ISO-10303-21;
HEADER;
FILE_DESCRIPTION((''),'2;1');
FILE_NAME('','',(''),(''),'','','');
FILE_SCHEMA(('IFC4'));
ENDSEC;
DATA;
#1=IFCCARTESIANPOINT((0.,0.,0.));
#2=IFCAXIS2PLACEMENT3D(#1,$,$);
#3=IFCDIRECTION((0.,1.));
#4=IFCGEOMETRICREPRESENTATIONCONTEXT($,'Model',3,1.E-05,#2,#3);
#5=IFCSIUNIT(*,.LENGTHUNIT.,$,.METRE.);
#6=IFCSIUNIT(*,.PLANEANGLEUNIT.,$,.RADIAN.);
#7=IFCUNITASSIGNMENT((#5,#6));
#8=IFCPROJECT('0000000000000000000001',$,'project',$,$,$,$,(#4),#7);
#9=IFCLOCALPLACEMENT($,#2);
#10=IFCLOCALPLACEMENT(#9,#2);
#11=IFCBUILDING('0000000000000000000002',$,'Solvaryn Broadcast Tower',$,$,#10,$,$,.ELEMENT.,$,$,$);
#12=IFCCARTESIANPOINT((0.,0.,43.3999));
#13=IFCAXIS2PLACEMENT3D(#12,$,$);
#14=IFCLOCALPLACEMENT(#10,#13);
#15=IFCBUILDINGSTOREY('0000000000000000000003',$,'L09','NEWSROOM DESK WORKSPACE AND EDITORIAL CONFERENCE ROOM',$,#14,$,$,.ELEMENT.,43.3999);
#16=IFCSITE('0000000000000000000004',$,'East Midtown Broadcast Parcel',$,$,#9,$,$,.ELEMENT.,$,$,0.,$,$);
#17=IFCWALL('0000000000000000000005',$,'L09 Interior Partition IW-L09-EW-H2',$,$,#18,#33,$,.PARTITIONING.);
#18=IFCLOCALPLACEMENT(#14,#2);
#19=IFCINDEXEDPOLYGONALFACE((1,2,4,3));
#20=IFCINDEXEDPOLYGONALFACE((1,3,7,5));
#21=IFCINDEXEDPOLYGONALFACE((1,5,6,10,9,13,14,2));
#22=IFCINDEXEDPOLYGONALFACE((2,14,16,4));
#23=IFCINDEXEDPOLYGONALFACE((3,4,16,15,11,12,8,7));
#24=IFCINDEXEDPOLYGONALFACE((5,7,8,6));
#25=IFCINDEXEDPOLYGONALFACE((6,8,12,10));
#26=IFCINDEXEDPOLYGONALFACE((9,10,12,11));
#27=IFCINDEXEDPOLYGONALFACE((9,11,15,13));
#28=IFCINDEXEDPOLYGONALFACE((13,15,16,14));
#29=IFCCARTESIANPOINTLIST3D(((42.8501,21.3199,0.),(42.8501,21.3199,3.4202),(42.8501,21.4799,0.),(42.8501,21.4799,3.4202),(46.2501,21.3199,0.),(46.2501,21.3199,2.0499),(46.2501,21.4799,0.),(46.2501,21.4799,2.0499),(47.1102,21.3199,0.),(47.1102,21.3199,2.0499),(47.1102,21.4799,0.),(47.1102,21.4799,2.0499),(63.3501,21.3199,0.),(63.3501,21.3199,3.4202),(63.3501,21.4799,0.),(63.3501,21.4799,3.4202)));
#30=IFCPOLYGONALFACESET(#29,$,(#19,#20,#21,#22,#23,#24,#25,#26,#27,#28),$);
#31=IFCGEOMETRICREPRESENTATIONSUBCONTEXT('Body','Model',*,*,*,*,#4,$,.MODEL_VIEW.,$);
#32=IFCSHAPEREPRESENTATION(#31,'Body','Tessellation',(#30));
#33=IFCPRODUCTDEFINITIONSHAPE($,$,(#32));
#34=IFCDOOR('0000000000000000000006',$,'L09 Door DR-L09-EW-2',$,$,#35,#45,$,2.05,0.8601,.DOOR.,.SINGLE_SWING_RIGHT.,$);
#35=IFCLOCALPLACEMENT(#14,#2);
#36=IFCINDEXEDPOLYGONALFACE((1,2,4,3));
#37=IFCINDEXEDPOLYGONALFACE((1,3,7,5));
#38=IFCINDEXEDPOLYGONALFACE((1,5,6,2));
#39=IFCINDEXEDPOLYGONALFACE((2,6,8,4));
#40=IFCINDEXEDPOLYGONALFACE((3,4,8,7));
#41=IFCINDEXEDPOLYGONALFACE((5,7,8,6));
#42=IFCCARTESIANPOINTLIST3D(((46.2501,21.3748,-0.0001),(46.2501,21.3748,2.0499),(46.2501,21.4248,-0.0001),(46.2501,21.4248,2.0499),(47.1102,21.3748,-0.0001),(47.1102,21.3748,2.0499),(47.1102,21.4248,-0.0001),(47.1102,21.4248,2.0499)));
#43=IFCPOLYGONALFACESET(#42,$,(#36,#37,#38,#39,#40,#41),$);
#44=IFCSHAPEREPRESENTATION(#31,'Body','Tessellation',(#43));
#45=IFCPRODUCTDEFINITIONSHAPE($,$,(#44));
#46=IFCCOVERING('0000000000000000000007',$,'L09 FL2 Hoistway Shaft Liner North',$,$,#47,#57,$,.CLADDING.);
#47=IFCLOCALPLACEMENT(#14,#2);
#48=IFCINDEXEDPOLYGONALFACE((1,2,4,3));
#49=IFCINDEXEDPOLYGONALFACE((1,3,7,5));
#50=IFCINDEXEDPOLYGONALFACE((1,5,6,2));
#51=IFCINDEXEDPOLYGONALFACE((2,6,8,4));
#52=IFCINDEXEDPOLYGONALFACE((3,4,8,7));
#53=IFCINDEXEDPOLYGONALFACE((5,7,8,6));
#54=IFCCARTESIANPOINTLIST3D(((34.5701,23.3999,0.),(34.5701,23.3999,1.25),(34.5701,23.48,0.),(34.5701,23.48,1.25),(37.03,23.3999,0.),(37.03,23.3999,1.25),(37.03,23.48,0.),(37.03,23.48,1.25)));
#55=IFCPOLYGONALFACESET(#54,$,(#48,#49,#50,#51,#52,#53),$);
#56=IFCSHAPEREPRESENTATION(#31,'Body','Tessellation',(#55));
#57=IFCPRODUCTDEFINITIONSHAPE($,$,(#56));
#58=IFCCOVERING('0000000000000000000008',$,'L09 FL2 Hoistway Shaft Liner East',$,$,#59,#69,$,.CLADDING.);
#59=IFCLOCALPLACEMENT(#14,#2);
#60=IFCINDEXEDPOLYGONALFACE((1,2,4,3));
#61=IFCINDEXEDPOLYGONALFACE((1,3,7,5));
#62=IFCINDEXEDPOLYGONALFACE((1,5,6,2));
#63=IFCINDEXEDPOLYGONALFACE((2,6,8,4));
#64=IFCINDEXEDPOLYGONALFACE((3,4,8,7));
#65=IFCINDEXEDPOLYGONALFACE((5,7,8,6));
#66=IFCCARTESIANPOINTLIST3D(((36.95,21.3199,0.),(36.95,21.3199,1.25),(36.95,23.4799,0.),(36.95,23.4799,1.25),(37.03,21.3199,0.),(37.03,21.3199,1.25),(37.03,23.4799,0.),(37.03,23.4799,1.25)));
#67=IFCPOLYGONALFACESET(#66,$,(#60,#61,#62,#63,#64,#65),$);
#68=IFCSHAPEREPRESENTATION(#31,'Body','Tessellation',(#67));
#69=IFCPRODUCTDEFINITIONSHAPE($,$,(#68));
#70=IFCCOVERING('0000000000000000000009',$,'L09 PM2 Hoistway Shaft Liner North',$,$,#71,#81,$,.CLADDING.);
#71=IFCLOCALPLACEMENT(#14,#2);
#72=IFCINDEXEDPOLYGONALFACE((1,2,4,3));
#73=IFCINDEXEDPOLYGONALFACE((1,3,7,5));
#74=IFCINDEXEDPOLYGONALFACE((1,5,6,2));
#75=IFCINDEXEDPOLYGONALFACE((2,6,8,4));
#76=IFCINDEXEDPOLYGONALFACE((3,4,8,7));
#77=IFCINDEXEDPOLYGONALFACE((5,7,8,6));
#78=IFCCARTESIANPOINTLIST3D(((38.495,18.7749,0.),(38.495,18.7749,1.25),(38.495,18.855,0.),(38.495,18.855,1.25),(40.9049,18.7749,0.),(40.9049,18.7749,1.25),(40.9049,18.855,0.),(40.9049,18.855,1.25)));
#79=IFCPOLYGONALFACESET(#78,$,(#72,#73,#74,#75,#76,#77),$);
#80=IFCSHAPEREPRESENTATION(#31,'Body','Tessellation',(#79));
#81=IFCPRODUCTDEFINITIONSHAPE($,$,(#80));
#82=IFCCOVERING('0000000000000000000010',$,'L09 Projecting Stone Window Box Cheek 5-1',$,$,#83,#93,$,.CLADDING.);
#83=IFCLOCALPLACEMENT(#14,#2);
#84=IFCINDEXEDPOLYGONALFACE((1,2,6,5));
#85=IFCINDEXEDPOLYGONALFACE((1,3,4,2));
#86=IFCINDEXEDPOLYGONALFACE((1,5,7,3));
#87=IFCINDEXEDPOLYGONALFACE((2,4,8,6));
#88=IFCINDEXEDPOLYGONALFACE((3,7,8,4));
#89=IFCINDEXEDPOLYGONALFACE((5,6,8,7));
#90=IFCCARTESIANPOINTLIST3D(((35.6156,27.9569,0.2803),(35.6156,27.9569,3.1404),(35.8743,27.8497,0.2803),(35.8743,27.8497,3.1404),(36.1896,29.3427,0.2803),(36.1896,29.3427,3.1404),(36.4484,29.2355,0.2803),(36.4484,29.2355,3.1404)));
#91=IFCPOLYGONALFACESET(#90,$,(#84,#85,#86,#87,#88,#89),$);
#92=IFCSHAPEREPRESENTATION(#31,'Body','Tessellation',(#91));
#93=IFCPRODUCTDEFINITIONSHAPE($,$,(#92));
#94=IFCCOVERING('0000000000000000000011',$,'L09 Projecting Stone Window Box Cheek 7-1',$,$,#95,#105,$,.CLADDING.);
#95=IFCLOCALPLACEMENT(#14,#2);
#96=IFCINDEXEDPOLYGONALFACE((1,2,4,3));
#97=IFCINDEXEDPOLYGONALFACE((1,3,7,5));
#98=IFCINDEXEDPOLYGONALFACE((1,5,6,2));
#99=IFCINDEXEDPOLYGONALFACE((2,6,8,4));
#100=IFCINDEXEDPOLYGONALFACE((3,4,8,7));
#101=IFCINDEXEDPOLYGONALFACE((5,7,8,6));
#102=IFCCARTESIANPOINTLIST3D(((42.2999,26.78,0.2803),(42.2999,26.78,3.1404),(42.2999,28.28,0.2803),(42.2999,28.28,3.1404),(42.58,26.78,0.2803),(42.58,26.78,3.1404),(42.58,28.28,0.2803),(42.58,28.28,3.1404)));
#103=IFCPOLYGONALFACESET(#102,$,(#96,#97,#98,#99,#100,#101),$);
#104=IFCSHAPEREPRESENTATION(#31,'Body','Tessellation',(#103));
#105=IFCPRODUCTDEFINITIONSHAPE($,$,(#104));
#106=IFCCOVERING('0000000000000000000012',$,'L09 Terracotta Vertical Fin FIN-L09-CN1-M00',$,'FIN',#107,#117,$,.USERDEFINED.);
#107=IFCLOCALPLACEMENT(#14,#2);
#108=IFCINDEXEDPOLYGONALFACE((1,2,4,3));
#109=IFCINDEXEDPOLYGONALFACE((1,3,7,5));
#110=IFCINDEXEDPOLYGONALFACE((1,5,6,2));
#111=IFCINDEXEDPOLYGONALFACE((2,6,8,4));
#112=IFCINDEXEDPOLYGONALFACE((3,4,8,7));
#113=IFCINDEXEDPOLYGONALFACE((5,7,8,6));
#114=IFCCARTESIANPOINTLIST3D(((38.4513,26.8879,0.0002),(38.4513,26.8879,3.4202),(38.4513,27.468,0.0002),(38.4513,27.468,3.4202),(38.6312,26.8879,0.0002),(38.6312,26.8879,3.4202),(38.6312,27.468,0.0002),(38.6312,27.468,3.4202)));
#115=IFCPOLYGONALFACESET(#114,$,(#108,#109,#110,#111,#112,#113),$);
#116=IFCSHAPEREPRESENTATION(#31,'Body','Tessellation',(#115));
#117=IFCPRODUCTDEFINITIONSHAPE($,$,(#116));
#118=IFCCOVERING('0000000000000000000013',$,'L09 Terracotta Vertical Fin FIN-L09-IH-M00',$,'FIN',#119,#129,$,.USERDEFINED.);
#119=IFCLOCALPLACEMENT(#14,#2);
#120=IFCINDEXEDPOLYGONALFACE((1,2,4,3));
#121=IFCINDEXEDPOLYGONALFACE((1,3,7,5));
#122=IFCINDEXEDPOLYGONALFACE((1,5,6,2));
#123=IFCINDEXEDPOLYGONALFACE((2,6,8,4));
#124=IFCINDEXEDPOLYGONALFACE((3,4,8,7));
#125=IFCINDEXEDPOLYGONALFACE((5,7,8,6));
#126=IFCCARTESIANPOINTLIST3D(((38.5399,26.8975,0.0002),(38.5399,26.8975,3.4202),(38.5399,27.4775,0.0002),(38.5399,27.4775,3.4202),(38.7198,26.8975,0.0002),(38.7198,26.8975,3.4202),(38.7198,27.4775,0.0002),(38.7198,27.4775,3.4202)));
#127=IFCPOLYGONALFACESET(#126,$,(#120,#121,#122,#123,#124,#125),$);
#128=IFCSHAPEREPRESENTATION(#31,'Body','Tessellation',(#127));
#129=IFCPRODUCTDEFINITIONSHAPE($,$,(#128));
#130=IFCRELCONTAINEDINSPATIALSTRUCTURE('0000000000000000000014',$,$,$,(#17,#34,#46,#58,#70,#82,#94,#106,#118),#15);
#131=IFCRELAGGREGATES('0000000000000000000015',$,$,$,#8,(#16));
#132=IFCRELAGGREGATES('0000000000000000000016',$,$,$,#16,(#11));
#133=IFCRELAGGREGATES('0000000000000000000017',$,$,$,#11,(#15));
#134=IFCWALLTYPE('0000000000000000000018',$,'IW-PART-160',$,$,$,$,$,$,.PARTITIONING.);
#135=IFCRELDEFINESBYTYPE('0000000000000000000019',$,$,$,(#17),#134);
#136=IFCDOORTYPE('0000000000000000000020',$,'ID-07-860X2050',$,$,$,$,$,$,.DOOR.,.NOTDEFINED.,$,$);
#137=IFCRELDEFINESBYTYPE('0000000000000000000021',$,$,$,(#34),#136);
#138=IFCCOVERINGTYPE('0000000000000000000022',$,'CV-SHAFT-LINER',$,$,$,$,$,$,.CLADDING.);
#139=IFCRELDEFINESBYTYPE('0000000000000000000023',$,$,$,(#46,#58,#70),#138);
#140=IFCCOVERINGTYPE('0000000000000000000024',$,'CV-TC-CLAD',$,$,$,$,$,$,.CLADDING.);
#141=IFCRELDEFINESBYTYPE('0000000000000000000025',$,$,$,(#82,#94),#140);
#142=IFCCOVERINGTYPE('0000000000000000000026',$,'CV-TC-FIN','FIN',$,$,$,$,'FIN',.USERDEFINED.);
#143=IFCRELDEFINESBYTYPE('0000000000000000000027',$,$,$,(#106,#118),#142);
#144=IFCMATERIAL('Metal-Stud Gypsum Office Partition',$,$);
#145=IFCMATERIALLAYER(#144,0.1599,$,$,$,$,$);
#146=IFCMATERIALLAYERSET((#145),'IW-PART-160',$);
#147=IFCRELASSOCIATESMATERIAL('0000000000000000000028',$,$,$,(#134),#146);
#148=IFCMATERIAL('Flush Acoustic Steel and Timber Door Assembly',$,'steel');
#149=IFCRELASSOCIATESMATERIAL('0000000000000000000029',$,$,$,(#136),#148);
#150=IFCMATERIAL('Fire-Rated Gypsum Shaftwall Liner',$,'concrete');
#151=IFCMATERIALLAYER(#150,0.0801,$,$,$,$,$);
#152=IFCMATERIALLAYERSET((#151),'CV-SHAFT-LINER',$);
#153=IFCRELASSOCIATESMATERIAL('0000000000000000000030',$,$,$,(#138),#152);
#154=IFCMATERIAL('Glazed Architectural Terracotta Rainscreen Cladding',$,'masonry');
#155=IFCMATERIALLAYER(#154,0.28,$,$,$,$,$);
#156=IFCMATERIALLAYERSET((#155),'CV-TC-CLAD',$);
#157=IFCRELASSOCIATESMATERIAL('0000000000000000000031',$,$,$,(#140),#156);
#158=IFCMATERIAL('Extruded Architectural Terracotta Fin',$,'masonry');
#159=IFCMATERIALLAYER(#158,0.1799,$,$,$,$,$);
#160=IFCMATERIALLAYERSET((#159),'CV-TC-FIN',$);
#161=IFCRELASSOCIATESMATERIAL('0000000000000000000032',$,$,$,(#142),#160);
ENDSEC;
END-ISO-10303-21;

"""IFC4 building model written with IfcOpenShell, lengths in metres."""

from ifc_helpers import new_model, si_unit, direction, frame, frame_2d, origin, origin_2d, place, context, subcontext, project, spatial, rectangle, extrude, material, layer, layer_set, type_object, element, fill, save


model = new_model("IFC4")

# Units and contexts
model_context = context("Model", 3, precision=1e-05, world=origin(), true_north=direction((0.0, 1.0)))
body_context = subcontext(model_context, "Body", "Model", "MODEL_VIEW")
ifc_project = project(units=[si_unit("LENGTHUNIT", "METRE"), si_unit("PLANEANGLEUNIT", "RADIAN")], contexts=[model_context])

# Site, building, storey
site_placement = place(None, origin())
site = spatial("IfcSite", under=ifc_project, at=site_placement, Name="East Midtown Broadcast Parcel", CompositionType="ELEMENT", RefElevation=0.0)
building_placement = place(site_placement, origin())
building = spatial("IfcBuilding", under=site, at=building_placement, Name="Solvaryn Broadcast Tower", CompositionType="ELEMENT")
storey_placement = place(building_placement, frame((0.0, 0.0, 43.3999)))
storey = spatial("IfcBuildingStorey", under=building, at=storey_placement, Name="L09", Description="NEWSROOM DESK WORKSPACE AND EDITORIAL CONFERENCE ROOM", CompositionType="ELEMENT", Elevation=43.3999)

# Wall, opening, door
ifc_material_1 = material(Name="Metal-Stud Gypsum Office Partition")
ifc_layer_1 = layer(ifc_material_1, 0.1599)
ifc_layer_set_1 = layer_set([ifc_layer_1], Name="IW-PART-160")
wall_type_1 = type_object("IfcWallType", Name="IW-PART-160", PredefinedType="PARTITIONING", material=ifc_layer_set_1)
wall_1_placement = place(storey_placement, frame((42.8501, 21.3999, 0.0), z_axis=(0.0, 0.0, 1.0), x_axis=(1.0, 0.0, 0.0)))
wall_1 = element("IfcWall", 1, at=wall_1_placement, inside=storey, type_object=wall_type_1, Name="L09 Interior Partition IW-L09-EW-H2", PredefinedType="PARTITIONING", context=body_context, shape_type="SweptSolid", body=[
    extrude(rectangle(XDim=20.5, YDim=0.1599, at=frame_2d((10.25, 0.0))), origin(), (0.0, 0.0, 1.0), 3.4202),
])
opening_1_placement = place(wall_1_placement, frame((3.3999, 0.0, 0.0)))
opening_1 = element("IfcOpeningElement", 2, at=opening_1_placement, cuts=wall_1, PredefinedType="OPENING", context=body_context, shape_type="SweptSolid", body=[
    extrude(rectangle(XDim=0.8601, YDim=2.05, at=frame_2d((0.4302, 1.0249))), frame((0.0, 0.0901, 0.0), z_axis=(0.0, -1.0, 0.0), x_axis=(1.0, 0.0, 0.0)), (0.0, 0.0, 1.0), 0.1799),
])
ifc_material_2 = material(Name="Flush Acoustic Steel and Timber Door Assembly", Category="steel")
door_type_1 = type_object("IfcDoorType", Name="ID-07-860X2050", OperationType="NOTDEFINED", PredefinedType="DOOR", material=ifc_material_2)
door_1_placement = place(opening_1_placement, origin())
door_1 = element("IfcDoor", 3, at=door_1_placement, inside=storey, type_object=door_type_1, Name="L09 Door DR-L09-EW-2", OperationType="SINGLE_SWING_RIGHT", OverallHeight=2.05, OverallWidth=0.8601, PredefinedType="DOOR", context=body_context, shape_type="SweptSolid", body=[
    extrude(rectangle(XDim=0.8601, YDim=2.05, at=frame_2d((0.4302, 1.0249))), frame((0.0, 0.0249, 0.0), z_axis=(0.0, -1.0, 0.0), x_axis=(1.0, 0.0, 0.0)), (0.0, 0.0, 1.0), 0.05),
])
fill(opening_1, door_1)

# Coverings
ifc_material_3 = material(Name="Fire-Rated Gypsum Shaftwall Liner", Category="concrete")
ifc_layer_2 = layer(ifc_material_3, 0.0801)
ifc_layer_set_2 = layer_set([ifc_layer_2], Name="CV-SHAFT-LINER")
covering_type_1 = type_object("IfcCoveringType", Name="CV-SHAFT-LINER", PredefinedType="CLADDING", material=ifc_layer_set_2)
covering_1_placement = place(storey_placement, frame((35.8, 23.4399, 0.0), z_axis=(0.0, 0.0, 1.0), x_axis=(1.0, 0.0, 0.0)))
element("IfcCovering", 4, at=covering_1_placement, inside=storey, type_object=covering_type_1, Name="L09 FL2 Hoistway Shaft Liner North", PredefinedType="CLADDING", context=body_context, shape_type="SweptSolid", body=[
    extrude(rectangle(XDim=2.46, YDim=0.0801, at=origin_2d()), origin(), (0.0, 0.0, 1.0), 1.25),
])
covering_2_placement = place(storey_placement, frame((36.99, 22.3999, 0.0), z_axis=(0.0, 0.0, 1.0), x_axis=(1.0, 0.0, 0.0)))
element("IfcCovering", 5, at=covering_2_placement, inside=storey, type_object=covering_type_1, Name="L09 FL2 Hoistway Shaft Liner East", PredefinedType="CLADDING", context=body_context, shape_type="SweptSolid", body=[
    extrude(rectangle(XDim=0.0801, YDim=2.1599, at=origin_2d()), origin(), (0.0, 0.0, 1.0), 1.25),
])
covering_3_placement = place(storey_placement, frame((39.7, 18.8149, 0.0), z_axis=(0.0, 0.0, 1.0), x_axis=(1.0, 0.0, 0.0)))
element("IfcCovering", 6, at=covering_3_placement, inside=storey, type_object=covering_type_1, Name="L09 PM2 Hoistway Shaft Liner North", PredefinedType="CLADDING", context=body_context, shape_type="SweptSolid", body=[
    extrude(rectangle(XDim=2.4099, YDim=0.0801, at=origin_2d()), origin(), (0.0, 0.0, 1.0), 1.25),
])
ifc_material_4 = material(Name="Glazed Architectural Terracotta Rainscreen Cladding", Category="masonry")
ifc_layer_3 = layer(ifc_material_4, 0.28)
ifc_layer_set_3 = layer_set([ifc_layer_3], Name="CV-TC-CLAD")
covering_type_2 = type_object("IfcCoveringType", Name="CV-TC-CLAD", PredefinedType="CLADDING", material=ifc_layer_set_3)
for number, where, z_axis, x_axis, name in (
    (7, (36.032, 28.5962, 0.2803), (0.0, 0.0, 1.0), (-0.92388, 0.382683, 0.0), "L09 Projecting Stone Window Box Cheek 5-1"),
    (8, (42.4399, 27.53, 0.2803), (0.0, 0.0, 1.0), (1.0, 0.0, 0.0), "L09 Projecting Stone Window Box Cheek 7-1"),
):
    element("IfcCovering", number, at=place(storey_placement, frame(where, z_axis=z_axis, x_axis=x_axis)), inside=storey, type_object=covering_type_2, Name=name, PredefinedType="CLADDING", context=body_context, shape_type="SweptSolid", body=[
        extrude(rectangle(XDim=0.28, YDim=1.5, at=origin_2d()), origin(), (0.0, 0.0, 1.0), 2.8601),
    ])
ifc_material_5 = material(Name="Extruded Architectural Terracotta Fin", Category="masonry")
ifc_layer_4 = layer(ifc_material_5, 0.1799)
ifc_layer_set_4 = layer_set([ifc_layer_4], Name="CV-TC-FIN")
covering_type_3 = type_object("IfcCoveringType", Name="CV-TC-FIN", Description="FIN", ElementType="FIN", PredefinedType="USERDEFINED", material=ifc_layer_set_4)
for number, where, z_axis, x_axis, name in (
    (9, (38.5413, 27.178, 0.0002), (0.0, 0.0, 1.0), (1.0, 0.0, 0.0), "L09 Terracotta Vertical Fin FIN-L09-CN1-M00"),
    (10, (38.6299, 27.1875, 0.0002), (0.0, 0.0, 1.0), (1.0, 0.0, 0.0), "L09 Terracotta Vertical Fin FIN-L09-IH-M00"),
):
    element("IfcCovering", number, at=place(storey_placement, frame(where, z_axis=z_axis, x_axis=x_axis)), inside=storey, type_object=covering_type_3, Name=name, ObjectType="FIN", PredefinedType="USERDEFINED", context=body_context, shape_type="SweptSolid", body=[
        extrude(rectangle(XDim=0.1799, YDim=0.5801, at=origin_2d()), origin(), (0.0, 0.0, 1.0), 3.4199),
    ])

save(model, "model.ifc")
